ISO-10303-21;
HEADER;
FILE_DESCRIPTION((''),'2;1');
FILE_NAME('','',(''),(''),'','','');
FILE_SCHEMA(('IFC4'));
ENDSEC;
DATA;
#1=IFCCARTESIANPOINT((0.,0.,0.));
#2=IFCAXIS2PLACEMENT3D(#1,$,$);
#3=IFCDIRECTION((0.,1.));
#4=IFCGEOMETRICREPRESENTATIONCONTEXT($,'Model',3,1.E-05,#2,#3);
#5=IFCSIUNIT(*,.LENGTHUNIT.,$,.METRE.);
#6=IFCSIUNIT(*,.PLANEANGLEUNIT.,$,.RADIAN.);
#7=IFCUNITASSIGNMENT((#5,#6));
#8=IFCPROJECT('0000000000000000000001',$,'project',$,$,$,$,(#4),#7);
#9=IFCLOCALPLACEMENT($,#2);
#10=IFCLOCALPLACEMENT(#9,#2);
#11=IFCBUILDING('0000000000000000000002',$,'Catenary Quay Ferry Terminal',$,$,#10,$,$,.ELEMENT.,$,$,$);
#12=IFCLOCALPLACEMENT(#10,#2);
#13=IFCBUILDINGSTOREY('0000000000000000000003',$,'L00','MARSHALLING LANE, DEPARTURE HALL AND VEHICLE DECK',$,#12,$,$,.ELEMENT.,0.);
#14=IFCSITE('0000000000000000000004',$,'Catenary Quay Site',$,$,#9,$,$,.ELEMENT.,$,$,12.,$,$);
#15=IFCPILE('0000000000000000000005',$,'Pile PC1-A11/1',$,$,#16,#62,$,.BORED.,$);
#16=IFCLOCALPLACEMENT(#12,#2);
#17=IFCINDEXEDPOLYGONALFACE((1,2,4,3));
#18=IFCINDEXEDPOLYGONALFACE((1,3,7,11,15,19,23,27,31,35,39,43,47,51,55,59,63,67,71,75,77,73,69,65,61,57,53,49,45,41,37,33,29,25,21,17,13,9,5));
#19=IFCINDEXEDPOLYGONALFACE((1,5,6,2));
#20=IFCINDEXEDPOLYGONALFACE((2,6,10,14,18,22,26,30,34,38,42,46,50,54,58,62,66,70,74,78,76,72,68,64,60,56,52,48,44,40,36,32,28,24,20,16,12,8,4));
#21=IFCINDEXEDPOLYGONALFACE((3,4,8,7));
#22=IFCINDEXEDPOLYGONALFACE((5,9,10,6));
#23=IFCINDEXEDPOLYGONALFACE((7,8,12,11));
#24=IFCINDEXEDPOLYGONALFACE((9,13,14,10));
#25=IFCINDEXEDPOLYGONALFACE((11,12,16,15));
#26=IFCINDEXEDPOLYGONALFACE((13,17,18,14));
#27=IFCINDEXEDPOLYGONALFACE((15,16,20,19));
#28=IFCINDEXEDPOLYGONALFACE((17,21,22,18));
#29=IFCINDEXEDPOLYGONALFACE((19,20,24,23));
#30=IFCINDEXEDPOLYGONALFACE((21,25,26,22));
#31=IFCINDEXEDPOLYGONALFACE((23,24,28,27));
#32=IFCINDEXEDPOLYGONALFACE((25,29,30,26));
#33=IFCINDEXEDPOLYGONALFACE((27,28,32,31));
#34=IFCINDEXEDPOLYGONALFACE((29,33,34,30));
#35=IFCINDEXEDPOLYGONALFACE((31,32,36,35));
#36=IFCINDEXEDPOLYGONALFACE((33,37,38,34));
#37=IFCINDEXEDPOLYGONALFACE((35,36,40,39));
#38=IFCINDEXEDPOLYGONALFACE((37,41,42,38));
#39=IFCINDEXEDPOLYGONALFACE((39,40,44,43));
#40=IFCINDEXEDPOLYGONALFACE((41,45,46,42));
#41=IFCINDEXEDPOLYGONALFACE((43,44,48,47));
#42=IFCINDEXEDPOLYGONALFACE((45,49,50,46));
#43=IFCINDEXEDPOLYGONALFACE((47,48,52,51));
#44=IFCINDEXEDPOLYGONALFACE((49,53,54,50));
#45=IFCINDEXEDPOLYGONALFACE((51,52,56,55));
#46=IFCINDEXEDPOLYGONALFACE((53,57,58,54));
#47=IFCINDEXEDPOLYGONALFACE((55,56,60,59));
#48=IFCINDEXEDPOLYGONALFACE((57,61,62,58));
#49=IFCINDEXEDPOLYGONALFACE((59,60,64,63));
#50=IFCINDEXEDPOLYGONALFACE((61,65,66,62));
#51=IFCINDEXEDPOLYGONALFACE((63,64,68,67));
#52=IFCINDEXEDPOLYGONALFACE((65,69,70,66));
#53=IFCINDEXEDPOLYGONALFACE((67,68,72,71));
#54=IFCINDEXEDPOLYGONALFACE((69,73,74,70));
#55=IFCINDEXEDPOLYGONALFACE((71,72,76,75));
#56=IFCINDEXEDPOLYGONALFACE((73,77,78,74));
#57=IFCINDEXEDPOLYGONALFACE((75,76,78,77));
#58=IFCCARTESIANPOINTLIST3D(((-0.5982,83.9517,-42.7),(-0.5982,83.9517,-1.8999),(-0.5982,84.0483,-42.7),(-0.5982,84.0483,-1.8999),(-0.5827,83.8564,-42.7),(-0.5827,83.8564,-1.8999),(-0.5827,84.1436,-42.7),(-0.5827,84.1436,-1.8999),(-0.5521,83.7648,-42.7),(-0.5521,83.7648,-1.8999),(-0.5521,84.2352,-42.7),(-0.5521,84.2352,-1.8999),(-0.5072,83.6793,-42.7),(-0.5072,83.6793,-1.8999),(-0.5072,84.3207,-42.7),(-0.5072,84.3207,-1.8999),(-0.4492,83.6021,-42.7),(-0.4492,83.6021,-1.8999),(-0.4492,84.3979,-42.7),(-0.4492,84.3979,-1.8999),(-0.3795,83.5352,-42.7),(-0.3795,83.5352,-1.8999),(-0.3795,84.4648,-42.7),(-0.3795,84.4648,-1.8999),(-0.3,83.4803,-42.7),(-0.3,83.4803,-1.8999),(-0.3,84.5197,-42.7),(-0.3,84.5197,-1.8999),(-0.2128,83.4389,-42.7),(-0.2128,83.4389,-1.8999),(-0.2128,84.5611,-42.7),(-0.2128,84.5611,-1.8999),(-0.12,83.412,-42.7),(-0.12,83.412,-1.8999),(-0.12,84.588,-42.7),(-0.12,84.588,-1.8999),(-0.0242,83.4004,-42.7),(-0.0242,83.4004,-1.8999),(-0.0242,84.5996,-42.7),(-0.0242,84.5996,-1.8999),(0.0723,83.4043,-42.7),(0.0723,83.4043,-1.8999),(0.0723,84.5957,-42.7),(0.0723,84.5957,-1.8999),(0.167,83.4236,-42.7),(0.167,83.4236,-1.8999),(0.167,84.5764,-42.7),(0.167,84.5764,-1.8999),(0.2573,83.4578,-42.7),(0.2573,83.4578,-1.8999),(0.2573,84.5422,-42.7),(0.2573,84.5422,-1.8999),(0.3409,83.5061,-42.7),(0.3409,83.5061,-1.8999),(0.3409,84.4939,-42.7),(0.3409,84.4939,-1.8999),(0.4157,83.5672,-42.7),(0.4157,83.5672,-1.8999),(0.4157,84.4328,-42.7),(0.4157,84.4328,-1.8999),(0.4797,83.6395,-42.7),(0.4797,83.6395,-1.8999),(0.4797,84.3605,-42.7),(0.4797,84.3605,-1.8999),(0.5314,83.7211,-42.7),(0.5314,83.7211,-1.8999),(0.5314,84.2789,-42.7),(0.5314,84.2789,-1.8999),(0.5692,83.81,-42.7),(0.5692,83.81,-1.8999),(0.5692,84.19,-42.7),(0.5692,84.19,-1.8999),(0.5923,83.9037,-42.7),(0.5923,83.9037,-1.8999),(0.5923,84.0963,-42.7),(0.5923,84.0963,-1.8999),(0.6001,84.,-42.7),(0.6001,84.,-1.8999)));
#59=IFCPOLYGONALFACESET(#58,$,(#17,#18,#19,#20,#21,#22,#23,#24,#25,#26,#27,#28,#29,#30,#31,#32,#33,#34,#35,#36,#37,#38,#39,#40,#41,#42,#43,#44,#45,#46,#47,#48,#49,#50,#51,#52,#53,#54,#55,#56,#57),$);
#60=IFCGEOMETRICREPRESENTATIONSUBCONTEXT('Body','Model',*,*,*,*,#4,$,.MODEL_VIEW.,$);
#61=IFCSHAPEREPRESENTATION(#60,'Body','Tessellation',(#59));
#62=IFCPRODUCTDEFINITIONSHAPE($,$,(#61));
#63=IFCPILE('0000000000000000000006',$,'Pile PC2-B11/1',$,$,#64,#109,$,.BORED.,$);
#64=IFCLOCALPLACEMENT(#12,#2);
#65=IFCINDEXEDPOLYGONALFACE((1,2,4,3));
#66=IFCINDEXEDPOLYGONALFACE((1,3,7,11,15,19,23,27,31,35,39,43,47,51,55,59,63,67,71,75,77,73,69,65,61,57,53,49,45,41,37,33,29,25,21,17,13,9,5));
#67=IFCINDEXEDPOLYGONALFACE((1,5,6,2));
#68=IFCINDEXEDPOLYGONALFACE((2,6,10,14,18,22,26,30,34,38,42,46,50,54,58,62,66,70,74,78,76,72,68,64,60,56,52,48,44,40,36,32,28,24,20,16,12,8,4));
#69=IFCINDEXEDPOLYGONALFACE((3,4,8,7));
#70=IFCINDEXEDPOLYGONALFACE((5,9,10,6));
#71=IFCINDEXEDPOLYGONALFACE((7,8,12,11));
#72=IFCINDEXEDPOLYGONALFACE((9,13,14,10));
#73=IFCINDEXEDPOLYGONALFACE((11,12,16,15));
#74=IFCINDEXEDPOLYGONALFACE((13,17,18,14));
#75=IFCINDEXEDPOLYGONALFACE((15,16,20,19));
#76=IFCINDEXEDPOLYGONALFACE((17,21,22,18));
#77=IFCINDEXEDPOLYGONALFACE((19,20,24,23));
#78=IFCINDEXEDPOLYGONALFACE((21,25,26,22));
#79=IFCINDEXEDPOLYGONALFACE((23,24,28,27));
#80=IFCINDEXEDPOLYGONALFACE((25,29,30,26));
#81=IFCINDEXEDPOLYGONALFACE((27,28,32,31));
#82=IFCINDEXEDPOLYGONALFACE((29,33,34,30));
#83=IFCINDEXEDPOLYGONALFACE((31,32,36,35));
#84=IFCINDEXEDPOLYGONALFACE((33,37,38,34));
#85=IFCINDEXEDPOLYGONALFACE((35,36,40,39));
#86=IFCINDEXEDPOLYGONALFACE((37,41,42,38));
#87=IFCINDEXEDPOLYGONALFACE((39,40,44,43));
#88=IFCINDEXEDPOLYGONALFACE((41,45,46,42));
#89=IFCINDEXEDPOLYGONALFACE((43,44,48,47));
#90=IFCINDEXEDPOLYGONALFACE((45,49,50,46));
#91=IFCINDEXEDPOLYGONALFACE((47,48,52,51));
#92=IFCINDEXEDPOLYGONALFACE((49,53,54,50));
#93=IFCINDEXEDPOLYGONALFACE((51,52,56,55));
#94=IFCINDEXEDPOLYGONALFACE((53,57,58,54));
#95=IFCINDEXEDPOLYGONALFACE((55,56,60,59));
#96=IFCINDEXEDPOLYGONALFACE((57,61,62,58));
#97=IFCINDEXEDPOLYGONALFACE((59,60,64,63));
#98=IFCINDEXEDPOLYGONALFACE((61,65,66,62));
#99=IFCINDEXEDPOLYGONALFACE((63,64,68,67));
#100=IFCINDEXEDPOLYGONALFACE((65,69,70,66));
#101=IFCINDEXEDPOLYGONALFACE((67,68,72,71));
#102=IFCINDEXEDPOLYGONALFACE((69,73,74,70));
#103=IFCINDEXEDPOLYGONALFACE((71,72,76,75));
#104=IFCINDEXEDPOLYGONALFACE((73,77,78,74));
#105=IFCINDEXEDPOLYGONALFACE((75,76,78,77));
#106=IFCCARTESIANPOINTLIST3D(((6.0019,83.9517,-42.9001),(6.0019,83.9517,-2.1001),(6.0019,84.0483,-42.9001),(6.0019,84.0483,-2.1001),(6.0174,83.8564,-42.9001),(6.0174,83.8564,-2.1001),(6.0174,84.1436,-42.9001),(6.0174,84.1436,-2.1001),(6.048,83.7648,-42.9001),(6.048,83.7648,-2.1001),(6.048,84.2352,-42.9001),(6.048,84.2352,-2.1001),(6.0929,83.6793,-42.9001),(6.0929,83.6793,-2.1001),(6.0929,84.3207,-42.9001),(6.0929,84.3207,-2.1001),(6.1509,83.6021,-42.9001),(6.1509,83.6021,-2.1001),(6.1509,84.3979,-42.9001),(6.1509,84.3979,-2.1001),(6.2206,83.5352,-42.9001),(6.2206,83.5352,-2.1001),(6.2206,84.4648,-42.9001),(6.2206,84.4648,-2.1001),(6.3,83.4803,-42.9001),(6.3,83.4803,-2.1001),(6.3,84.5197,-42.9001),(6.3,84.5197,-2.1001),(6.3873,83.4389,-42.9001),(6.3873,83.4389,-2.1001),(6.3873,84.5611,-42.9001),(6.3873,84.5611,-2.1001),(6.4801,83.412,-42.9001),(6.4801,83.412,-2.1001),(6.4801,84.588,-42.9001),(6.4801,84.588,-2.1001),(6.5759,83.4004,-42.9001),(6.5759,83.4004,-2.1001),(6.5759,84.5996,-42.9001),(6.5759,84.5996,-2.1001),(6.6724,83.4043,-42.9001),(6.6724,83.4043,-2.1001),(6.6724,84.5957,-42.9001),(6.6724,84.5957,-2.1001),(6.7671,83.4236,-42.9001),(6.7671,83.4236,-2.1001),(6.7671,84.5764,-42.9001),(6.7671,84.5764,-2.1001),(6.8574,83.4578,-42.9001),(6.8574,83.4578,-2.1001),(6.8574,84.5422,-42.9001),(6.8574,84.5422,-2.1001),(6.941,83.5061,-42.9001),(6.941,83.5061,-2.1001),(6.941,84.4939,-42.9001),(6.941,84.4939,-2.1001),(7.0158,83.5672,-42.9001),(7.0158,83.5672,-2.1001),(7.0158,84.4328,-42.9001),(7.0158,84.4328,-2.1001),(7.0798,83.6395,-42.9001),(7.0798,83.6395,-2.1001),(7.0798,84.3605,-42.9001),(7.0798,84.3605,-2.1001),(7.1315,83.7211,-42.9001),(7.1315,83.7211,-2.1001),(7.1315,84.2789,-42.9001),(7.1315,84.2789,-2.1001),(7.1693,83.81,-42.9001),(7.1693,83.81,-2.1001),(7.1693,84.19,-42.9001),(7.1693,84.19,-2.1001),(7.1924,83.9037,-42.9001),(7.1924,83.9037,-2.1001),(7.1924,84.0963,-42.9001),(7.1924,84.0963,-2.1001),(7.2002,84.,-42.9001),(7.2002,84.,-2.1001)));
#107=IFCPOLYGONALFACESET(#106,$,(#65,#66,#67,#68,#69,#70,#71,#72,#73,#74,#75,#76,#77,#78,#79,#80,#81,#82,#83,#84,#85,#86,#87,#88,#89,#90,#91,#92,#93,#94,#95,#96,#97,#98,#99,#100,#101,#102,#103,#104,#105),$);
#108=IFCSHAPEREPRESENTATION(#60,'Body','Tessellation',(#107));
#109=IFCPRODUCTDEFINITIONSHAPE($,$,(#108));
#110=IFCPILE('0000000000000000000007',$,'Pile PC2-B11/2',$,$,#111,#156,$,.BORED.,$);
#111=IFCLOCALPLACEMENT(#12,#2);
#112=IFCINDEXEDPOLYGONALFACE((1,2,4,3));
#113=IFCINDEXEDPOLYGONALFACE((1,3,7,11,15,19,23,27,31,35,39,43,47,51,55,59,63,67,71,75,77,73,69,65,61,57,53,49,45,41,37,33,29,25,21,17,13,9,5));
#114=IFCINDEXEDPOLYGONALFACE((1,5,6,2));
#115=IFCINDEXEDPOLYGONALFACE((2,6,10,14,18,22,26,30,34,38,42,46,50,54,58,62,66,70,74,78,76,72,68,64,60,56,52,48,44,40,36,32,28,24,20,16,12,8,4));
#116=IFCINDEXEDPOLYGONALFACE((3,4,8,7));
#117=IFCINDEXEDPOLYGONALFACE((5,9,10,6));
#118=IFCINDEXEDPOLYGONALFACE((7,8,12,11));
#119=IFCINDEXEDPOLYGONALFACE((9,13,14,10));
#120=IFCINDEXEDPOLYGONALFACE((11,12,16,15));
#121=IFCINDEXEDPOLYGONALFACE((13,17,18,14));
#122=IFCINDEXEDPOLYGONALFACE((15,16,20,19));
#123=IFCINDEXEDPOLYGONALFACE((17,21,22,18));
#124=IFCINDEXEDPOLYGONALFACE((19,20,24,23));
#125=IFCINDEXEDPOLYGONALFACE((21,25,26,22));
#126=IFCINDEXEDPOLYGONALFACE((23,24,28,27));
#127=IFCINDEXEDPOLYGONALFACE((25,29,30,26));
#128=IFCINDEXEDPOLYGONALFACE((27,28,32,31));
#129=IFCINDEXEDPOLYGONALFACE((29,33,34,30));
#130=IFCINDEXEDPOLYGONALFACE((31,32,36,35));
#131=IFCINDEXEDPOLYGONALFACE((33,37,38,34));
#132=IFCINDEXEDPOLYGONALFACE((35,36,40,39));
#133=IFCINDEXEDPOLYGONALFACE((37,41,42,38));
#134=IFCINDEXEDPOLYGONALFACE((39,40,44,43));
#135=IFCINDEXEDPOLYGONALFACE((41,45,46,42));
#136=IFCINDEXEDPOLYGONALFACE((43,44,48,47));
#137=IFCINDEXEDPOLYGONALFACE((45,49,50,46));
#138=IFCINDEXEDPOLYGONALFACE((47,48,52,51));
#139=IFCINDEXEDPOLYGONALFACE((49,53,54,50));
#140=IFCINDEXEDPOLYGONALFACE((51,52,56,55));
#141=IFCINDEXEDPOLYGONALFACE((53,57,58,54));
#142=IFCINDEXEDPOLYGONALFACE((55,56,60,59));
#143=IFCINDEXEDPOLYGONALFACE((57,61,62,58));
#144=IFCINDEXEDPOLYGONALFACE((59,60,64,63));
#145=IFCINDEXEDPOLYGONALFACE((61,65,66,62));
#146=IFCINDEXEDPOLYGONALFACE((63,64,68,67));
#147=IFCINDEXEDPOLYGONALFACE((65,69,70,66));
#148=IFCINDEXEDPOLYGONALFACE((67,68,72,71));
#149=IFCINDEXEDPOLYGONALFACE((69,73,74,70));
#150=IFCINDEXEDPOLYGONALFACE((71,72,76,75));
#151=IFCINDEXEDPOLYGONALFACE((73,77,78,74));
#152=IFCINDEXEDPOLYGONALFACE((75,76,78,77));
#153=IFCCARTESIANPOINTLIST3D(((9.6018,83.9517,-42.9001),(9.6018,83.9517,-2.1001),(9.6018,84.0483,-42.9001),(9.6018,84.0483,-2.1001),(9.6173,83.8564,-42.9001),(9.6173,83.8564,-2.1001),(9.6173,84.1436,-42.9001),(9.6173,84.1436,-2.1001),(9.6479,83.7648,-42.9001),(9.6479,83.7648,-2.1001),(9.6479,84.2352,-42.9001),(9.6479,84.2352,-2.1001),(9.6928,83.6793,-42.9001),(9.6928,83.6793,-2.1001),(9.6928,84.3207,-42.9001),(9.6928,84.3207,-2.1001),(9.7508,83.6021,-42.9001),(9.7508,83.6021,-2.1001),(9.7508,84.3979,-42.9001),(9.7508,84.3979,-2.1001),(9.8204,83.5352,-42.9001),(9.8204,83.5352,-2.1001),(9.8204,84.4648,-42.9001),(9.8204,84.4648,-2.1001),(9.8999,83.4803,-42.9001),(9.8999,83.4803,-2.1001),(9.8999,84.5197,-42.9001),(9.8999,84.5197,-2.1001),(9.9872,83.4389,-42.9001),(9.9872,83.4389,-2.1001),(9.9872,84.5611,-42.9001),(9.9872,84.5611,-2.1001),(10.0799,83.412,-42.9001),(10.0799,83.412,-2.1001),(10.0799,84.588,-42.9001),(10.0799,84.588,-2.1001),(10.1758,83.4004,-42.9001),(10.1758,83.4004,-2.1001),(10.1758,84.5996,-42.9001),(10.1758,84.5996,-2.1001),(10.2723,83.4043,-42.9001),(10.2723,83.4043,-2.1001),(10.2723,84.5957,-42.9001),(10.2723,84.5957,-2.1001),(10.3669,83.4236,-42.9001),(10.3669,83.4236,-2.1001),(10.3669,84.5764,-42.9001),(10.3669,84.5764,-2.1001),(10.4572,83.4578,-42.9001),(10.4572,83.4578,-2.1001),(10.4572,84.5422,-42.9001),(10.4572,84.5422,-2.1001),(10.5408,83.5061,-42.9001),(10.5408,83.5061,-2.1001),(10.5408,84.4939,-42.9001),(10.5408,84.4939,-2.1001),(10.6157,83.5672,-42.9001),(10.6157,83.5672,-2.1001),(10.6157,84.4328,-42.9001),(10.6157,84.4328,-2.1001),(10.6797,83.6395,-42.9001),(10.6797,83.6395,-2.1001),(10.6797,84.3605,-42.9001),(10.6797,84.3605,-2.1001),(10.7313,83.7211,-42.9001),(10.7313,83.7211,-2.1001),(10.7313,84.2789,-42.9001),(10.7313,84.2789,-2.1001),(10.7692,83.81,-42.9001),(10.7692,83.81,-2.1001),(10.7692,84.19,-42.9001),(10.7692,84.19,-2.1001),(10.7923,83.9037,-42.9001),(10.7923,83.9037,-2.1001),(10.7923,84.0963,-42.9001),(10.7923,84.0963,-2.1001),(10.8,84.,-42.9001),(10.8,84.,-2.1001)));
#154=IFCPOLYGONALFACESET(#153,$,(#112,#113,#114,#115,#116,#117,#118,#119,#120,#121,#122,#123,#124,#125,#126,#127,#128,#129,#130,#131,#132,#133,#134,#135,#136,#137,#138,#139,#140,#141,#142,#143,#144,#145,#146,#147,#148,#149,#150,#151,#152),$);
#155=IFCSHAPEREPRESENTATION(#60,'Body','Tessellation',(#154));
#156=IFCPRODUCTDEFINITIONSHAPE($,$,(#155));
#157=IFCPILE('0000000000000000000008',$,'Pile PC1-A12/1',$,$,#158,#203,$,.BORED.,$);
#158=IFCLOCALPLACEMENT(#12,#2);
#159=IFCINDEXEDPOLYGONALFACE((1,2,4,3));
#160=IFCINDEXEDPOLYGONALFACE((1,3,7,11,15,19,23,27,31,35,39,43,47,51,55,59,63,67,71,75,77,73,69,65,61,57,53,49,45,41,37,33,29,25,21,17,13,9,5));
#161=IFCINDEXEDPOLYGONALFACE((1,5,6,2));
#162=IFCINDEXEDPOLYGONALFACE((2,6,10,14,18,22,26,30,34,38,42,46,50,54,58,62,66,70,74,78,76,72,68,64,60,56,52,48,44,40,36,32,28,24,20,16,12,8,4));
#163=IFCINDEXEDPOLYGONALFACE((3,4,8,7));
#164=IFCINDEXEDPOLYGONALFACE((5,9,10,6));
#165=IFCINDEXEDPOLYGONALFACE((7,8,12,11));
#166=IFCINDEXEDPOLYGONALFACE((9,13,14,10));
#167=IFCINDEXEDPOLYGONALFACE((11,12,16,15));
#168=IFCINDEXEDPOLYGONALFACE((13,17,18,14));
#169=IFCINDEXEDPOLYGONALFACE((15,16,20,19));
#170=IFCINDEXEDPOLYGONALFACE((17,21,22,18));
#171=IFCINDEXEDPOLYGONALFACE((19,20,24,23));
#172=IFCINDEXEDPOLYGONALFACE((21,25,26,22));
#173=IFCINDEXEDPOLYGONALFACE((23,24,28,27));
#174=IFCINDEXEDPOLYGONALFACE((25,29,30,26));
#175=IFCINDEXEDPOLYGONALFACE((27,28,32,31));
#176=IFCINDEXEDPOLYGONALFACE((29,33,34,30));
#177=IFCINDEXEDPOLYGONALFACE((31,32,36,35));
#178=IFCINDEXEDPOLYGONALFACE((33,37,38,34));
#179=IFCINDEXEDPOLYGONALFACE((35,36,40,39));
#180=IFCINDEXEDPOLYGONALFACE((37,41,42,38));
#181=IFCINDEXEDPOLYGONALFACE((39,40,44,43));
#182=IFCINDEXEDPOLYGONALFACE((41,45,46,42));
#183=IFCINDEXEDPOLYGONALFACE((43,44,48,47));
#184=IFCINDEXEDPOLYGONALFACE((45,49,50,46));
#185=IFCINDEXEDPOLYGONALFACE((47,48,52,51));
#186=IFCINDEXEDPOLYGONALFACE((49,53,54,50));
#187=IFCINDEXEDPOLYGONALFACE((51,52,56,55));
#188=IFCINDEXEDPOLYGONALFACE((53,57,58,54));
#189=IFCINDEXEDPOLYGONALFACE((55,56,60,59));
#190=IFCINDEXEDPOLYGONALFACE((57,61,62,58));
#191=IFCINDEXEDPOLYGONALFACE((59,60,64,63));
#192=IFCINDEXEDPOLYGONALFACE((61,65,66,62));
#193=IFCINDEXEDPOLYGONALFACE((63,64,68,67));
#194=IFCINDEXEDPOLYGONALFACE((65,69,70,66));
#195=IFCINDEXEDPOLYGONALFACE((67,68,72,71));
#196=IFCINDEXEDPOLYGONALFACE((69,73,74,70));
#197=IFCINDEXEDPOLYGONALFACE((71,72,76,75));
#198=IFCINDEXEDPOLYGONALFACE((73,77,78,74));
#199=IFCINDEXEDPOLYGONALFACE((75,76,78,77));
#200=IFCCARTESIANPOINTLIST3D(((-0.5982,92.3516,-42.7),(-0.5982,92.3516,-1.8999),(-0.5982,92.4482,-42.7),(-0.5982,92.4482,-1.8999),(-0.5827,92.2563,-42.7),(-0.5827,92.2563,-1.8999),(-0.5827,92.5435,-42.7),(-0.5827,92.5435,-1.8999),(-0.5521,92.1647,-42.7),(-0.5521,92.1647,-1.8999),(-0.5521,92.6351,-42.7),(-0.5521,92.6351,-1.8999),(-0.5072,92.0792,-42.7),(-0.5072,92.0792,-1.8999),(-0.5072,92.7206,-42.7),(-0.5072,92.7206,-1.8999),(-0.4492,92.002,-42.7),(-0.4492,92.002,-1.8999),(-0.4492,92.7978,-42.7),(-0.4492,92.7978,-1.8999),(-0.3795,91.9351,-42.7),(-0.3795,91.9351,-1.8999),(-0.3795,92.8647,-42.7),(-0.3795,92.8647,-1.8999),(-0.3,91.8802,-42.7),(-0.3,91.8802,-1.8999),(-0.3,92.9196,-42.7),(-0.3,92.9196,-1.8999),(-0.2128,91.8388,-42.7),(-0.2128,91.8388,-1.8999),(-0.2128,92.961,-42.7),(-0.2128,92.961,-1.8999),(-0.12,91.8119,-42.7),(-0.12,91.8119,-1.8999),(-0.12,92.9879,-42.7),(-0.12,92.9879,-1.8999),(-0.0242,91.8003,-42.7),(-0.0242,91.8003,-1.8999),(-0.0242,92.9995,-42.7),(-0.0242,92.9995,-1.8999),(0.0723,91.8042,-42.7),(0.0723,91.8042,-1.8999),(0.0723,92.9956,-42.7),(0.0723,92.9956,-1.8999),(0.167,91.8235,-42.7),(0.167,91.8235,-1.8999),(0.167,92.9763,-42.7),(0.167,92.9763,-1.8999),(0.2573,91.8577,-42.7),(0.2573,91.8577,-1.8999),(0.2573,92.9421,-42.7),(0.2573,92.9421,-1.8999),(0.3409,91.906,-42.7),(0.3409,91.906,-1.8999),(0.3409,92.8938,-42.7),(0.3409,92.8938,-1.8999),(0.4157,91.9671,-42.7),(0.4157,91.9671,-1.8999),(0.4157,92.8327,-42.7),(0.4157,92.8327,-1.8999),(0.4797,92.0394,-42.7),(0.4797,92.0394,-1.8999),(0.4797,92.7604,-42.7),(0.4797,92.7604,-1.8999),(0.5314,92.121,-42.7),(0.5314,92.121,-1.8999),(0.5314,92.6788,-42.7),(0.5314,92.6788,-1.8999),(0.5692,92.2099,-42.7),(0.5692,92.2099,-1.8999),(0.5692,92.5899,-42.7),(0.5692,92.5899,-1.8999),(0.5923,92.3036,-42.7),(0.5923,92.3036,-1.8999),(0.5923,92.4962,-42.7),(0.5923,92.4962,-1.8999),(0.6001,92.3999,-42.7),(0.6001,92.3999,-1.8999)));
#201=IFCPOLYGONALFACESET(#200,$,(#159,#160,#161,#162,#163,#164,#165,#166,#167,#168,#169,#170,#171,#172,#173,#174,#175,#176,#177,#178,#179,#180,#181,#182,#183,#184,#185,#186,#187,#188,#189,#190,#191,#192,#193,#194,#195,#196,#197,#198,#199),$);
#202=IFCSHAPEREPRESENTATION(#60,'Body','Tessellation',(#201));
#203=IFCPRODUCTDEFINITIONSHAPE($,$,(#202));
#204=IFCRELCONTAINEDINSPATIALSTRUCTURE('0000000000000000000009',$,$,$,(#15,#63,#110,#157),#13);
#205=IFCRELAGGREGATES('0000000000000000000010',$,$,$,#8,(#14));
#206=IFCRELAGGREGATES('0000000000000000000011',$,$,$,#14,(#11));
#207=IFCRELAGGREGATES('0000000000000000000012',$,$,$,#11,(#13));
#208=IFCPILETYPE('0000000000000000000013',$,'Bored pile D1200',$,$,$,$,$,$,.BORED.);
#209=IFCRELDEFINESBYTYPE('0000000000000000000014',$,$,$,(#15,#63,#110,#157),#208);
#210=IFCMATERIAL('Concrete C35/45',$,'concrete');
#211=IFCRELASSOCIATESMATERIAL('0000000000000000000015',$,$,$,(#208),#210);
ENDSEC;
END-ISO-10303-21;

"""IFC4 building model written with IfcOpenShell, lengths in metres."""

from ifc_helpers import new_model, si_unit, direction, frame, origin, origin_2d, place, context, subcontext, project, spatial, circle, extrude, material, material_profile, profile_set, type_object, element, save


model = new_model("IFC4")

# Units and contexts
model_context = context("Model", 3, precision=1e-05, world=origin(), true_north=direction((0.0, 1.0)))
body_context = subcontext(model_context, "Body", "Model", "MODEL_VIEW")
ifc_project = project(units=[si_unit("LENGTHUNIT", "METRE"), si_unit("PLANEANGLEUNIT", "RADIAN")], contexts=[model_context])

# Site, building, storey
site_placement = place(None, origin())
site = spatial("IfcSite", under=ifc_project, at=site_placement, Name="Catenary Quay Site", CompositionType="ELEMENT", RefElevation=12.0)
building_placement = place(site_placement, origin())
building = spatial("IfcBuilding", under=site, at=building_placement, Name="Catenary Quay Ferry Terminal", CompositionType="ELEMENT")
storey_placement = place(building_placement, origin())
storey = spatial("IfcBuildingStorey", under=building, at=storey_placement, Name="L00", Description="MARSHALLING LANE, DEPARTURE HALL AND VEHICLE DECK", CompositionType="ELEMENT", Elevation=0.0)

# Piles
ifc_material_1 = material(Name="Concrete C35/45", Category="concrete")
ifc_material_profile_1 = material_profile(ifc_material_1, circle(Radius=0.6001, at=origin_2d()), Name="D1200")
ifc_profile_set_1 = profile_set([ifc_material_profile_1], Name="Concrete C35/45")
pile_type = type_object("IfcPileType", Name="Bored pile D1200", PredefinedType="BORED", material=ifc_profile_set_1)
for number, where, z_axis, x_axis, name in (
    (1, (0.0, 84.0, -1.8999), (0.0, 0.0, -1.0), (1.0, 0.0, 0.0), "Pile PC1-A11/1"),
    (2, (6.6001, 84.0, -2.1001), (0.0, 0.0, -1.0), (1.0, 0.0, 0.0), "Pile PC2-B11/1"),
    (3, (10.2, 84.0, -2.1001), (0.0, 0.0, -1.0), (1.0, 0.0, 0.0), "Pile PC2-B11/2"),
    (4, (0.0, 92.3999, -1.8999), (0.0, 0.0, -1.0), (1.0, 0.0, 0.0), "Pile PC1-A12/1"),
):
    element("IfcPile", number, at=place(storey_placement, frame(where, z_axis=z_axis, x_axis=x_axis)), inside=storey, type_object=pile_type, Name=name, PredefinedType="BORED", context=body_context, shape_type="SweptSolid", body=[
        extrude(circle(Radius=0.6001, at=origin_2d()), origin(), (0.0, 0.0, 1.0), 40.8),
    ])

save(model, "model.ifc")
